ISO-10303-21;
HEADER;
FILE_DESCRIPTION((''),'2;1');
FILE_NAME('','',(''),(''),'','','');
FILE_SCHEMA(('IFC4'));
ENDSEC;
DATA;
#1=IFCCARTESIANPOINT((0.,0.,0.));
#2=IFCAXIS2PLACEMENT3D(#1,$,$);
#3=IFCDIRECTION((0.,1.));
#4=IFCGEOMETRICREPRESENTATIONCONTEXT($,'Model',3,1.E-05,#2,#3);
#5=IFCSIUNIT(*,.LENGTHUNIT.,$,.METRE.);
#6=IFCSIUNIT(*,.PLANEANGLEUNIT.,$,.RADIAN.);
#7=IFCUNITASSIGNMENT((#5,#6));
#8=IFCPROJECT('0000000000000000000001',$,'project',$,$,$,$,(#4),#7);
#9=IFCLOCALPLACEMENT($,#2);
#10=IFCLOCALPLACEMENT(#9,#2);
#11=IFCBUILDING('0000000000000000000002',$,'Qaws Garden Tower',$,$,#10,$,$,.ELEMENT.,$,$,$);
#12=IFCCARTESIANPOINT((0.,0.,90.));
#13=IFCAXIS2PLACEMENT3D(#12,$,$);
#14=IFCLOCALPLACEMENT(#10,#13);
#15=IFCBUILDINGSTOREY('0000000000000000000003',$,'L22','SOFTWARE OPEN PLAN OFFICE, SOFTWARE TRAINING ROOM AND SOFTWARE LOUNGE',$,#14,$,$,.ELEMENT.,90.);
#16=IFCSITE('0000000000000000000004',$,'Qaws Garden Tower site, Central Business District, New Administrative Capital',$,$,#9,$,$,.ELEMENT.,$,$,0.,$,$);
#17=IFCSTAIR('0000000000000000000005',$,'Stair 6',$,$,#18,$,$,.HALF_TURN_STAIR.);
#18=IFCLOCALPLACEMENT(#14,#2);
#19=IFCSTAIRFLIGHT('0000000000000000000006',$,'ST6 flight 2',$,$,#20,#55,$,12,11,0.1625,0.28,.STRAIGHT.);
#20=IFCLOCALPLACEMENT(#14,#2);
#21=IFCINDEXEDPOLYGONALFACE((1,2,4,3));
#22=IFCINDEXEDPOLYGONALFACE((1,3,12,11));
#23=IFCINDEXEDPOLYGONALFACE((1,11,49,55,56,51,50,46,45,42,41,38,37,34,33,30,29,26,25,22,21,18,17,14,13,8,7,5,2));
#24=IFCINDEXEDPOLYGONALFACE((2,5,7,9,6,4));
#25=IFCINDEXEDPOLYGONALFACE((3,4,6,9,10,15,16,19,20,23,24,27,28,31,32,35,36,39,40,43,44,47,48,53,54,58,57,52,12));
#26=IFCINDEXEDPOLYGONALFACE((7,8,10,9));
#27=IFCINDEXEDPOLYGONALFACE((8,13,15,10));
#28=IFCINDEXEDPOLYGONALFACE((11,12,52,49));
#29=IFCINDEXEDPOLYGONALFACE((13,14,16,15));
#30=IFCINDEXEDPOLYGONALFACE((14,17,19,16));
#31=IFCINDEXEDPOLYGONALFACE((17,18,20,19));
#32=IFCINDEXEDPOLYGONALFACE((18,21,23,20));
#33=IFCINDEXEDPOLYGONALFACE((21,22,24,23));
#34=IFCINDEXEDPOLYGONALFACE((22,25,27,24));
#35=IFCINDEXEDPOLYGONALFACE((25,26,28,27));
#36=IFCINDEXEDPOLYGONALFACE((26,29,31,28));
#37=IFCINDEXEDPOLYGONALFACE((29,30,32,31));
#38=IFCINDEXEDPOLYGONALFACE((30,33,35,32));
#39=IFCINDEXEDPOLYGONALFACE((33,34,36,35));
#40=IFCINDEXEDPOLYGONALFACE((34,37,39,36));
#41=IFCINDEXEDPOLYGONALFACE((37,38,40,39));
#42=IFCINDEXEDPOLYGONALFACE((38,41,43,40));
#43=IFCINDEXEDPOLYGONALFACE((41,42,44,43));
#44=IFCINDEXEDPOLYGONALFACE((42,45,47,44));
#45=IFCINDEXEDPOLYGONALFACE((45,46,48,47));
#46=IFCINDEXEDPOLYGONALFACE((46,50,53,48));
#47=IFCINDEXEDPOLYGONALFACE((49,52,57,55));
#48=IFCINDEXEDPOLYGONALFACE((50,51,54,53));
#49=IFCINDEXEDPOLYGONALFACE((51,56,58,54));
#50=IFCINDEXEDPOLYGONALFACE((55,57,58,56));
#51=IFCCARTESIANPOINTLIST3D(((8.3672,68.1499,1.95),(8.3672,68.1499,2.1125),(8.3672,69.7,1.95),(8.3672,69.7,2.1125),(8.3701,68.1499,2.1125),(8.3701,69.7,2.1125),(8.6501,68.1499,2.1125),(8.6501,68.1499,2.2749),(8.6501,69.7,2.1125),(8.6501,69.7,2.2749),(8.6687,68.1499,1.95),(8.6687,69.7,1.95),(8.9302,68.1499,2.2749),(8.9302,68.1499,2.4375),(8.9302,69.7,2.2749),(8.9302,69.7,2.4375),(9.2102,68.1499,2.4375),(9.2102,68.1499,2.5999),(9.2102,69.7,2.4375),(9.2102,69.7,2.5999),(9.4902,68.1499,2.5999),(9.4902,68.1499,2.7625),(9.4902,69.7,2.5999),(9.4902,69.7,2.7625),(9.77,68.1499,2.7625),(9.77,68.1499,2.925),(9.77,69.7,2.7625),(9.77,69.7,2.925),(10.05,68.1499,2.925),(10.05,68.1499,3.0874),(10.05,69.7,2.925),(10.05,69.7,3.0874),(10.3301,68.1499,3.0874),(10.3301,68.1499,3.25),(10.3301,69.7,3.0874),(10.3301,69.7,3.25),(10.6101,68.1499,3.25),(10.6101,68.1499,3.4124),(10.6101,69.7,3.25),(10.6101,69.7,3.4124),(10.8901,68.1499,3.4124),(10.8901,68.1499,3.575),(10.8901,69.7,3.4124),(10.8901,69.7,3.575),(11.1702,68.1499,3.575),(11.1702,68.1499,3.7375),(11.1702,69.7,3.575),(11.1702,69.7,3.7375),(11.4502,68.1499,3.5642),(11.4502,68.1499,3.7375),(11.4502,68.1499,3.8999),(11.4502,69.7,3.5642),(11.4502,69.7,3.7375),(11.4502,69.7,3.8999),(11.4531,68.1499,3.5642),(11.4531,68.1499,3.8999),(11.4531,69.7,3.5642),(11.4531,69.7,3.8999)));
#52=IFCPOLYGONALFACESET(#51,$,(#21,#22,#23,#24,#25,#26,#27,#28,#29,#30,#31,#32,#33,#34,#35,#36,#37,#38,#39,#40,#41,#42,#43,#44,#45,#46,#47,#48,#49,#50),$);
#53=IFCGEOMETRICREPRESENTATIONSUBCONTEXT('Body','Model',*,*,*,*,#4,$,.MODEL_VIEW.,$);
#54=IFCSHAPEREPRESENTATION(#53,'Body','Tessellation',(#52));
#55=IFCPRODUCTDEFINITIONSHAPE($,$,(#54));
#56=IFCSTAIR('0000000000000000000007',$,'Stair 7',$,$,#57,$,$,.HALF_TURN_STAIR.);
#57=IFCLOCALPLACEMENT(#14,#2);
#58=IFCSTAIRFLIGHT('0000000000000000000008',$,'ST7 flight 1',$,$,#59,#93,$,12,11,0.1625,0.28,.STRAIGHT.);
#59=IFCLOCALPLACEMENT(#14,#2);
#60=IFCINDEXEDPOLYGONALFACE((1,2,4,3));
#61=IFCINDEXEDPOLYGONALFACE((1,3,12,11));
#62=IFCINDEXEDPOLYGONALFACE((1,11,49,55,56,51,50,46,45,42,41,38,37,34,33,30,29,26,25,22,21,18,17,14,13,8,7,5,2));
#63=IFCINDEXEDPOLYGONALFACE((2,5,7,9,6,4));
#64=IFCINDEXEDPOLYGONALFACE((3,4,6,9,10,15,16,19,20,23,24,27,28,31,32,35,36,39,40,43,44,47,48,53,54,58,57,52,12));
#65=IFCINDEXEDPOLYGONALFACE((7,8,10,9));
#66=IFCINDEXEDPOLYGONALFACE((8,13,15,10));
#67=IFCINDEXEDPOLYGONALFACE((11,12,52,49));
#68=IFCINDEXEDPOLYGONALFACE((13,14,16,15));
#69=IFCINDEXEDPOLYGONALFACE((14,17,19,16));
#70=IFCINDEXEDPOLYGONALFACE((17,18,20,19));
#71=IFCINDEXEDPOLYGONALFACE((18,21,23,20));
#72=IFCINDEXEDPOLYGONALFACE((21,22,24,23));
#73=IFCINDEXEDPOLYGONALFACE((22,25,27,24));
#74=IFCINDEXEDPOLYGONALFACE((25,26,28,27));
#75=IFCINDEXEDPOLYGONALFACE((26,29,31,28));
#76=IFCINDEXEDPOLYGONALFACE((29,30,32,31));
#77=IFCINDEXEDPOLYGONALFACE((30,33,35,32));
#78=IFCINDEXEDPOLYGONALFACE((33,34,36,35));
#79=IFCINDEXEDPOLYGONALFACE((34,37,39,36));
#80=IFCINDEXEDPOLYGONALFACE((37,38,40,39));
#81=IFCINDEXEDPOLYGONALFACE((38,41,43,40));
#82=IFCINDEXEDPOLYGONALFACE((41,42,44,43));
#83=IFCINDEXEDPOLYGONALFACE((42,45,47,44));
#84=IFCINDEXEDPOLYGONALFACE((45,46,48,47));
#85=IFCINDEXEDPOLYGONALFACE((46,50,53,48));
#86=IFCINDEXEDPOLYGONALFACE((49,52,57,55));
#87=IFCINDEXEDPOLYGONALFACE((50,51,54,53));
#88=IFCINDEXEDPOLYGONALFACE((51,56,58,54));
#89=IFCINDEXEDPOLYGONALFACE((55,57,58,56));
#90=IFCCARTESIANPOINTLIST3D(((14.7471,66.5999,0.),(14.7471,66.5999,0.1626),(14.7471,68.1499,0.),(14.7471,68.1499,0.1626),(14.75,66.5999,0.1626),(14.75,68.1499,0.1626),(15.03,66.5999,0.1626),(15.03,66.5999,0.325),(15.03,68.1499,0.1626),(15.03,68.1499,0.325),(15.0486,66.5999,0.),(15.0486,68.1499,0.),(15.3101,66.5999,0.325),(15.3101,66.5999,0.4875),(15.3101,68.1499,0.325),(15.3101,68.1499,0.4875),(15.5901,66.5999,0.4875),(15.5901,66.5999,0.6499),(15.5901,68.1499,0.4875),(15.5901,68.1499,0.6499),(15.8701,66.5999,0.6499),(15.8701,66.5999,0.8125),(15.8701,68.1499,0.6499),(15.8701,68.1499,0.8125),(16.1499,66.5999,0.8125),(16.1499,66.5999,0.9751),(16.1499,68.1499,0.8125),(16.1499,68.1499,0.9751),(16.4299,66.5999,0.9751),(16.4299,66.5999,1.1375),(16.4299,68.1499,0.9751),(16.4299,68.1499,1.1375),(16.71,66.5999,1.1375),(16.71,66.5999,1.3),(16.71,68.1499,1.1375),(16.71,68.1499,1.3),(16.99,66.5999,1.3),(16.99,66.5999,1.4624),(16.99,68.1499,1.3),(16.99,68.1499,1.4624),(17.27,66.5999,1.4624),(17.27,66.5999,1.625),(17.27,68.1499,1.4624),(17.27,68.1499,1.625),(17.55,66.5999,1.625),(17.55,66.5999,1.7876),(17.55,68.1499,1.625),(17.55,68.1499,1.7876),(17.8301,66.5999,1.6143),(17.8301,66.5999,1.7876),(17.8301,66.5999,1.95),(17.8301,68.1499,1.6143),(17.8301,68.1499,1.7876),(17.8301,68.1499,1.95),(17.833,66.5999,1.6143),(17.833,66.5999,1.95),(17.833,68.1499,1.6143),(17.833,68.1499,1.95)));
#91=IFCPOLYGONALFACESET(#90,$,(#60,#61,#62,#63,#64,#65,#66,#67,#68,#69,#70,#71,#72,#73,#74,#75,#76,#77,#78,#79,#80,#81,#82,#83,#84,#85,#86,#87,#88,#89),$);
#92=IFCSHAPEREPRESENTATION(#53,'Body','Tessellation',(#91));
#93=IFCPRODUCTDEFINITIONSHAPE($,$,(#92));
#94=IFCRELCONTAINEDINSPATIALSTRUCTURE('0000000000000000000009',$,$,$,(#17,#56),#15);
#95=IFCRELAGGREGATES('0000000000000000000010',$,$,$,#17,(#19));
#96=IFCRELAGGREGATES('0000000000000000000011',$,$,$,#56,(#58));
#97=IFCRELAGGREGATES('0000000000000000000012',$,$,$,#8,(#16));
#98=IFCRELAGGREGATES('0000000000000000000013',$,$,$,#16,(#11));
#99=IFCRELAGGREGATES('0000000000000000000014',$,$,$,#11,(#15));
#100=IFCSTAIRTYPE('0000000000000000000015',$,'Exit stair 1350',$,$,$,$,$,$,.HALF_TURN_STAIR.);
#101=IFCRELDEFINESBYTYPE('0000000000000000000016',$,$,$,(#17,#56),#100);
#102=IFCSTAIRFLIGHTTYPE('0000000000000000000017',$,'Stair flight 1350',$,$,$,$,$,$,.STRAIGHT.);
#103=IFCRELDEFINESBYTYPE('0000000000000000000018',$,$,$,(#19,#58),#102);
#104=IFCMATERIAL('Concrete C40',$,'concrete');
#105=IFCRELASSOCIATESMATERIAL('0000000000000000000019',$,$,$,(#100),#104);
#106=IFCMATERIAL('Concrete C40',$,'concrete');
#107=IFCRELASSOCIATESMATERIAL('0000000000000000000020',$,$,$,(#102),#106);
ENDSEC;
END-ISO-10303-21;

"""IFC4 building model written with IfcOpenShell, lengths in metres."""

from ifc_helpers import new_model, si_unit, direction, frame, origin, place, context, subcontext, project, spatial, polyline, outline, extrude, material, type_object, element, aggregate, save


model = new_model("IFC4")

# Units and contexts
model_context = context("Model", 3, precision=1e-05, world=origin(), true_north=direction((0.0, 1.0)))
body_context = subcontext(model_context, "Body", "Model", "MODEL_VIEW")
ifc_project = project(units=[si_unit("LENGTHUNIT", "METRE"), si_unit("PLANEANGLEUNIT", "RADIAN")], contexts=[model_context])

# Site, building, storey
site_placement = place(None, origin())
site = spatial("IfcSite", under=ifc_project, at=site_placement, Name="Qaws Garden Tower site, Central Business District, New Administrative Capital", CompositionType="ELEMENT", RefElevation=0.0)
building_placement = place(site_placement, origin())
building = spatial("IfcBuilding", under=site, at=building_placement, Name="Qaws Garden Tower", CompositionType="ELEMENT")
storey_placement = place(building_placement, frame((0.0, 0.0, 90.0)))
storey = spatial("IfcBuildingStorey", under=building, at=storey_placement, Name="L22", Description="SOFTWARE OPEN PLAN OFFICE, SOFTWARE TRAINING ROOM AND SOFTWARE LOUNGE", CompositionType="ELEMENT", Elevation=90.0)

# Stair, stair flight
ifc_material_1 = material(Name="Concrete C40", Category="concrete")
stair_type = type_object("IfcStairType", Name="Exit stair 1350", PredefinedType="HALF_TURN_STAIR", material=ifc_material_1)
placement = place(storey_placement, origin())
stair_1 = element("IfcStair", 1, at=placement, inside=storey, type_object=stair_type, Name="Stair 6", PredefinedType="HALF_TURN_STAIR")
ifc_material_2 = material(Name="Concrete C40", Category="concrete")
stair_flight_type = type_object("IfcStairFlightType", Name="Stair flight 1350", PredefinedType="STRAIGHT", material=ifc_material_2)
stair_flight_1_placement = place(storey_placement, frame((8.3701, 68.925, 1.95), z_axis=(0.0, 0.0, 1.0), x_axis=(1.0, 0.0, 0.0)))
stair_flight_1 = element("IfcStairFlight", 2, at=stair_flight_1_placement, type_object=stair_flight_type, Name="ST6 flight 2", NumberOfRisers=12, NumberOfTreads=11, PredefinedType="STRAIGHT", RiserHeight=0.1625, TreadLength=0.28, context=body_context, shape_type="SweptSolid", body=[
    extrude(outline(polyline([(-0.0029, 0.0), (-0.0029, 0.1626), (0.0, 0.1626), (0.28, 0.1626), (0.28, 0.325), (0.5601, 0.325), (0.5601, 0.4875), (0.8401, 0.4875), (0.8401, 0.6499), (1.1201, 0.6499), (1.1201, 0.8125), (1.3999, 0.8125), (1.3999, 0.9751), (1.6799, 0.9751), (1.6799, 1.1375), (1.96, 1.1375), (1.96, 1.3), (2.24, 1.3), (2.24, 1.4624), (2.52, 1.4624), (2.52, 1.625), (2.8, 1.625), (2.8, 1.7876), (3.0801, 1.7876), (3.0801, 1.95), (3.083, 1.95), (3.083, 1.6143), (3.0801, 1.6143), (0.2986, 0.0), (-0.0029, 0.0)])), frame((0.0, 0.7749, 0.0), z_axis=(0.0, -1.0, 0.0), x_axis=(1.0, 0.0, 0.0)), (0.0, 0.0, 1.0), 1.55),
])
aggregate(stair_1, [stair_flight_1])

# Stair, stair flight
stair_2 = element("IfcStair", 3, at=placement, inside=storey, type_object=stair_type, Name="Stair 7", PredefinedType="HALF_TURN_STAIR")
stair_flight_2_placement = place(storey_placement, frame((14.75, 67.375, 0.0), z_axis=(0.0, 0.0, 1.0), x_axis=(1.0, 0.0, 0.0)))
stair_flight_2 = element("IfcStairFlight", 4, at=stair_flight_2_placement, type_object=stair_flight_type, Name="ST7 flight 1", NumberOfRisers=12, NumberOfTreads=11, PredefinedType="STRAIGHT", RiserHeight=0.1625, TreadLength=0.28, context=body_context, shape_type="SweptSolid", body=[
    extrude(outline(polyline([(-0.0029, 0.0), (-0.0029, 0.1626), (0.0, 0.1626), (0.28, 0.1626), (0.28, 0.325), (0.5601, 0.325), (0.5601, 0.4875), (0.8401, 0.4875), (0.8401, 0.6499), (1.1201, 0.6499), (1.1201, 0.8125), (1.3999, 0.8125), (1.3999, 0.9751), (1.6799, 0.9751), (1.6799, 1.1375), (1.96, 1.1375), (1.96, 1.3), (2.24, 1.3), (2.24, 1.4624), (2.52, 1.4624), (2.52, 1.625), (2.8, 1.625), (2.8, 1.7876), (3.0801, 1.7876), (3.0801, 1.95), (3.083, 1.95), (3.083, 1.6143), (3.0801, 1.6143), (0.2986, 0.0), (-0.0029, 0.0)])), frame((0.0, 0.7749, 0.0), z_axis=(0.0, -1.0, 0.0), x_axis=(1.0, 0.0, 0.0)), (0.0, 0.0, 1.0), 1.55),
])
aggregate(stair_2, [stair_flight_2])

save(model, "model.ifc")
